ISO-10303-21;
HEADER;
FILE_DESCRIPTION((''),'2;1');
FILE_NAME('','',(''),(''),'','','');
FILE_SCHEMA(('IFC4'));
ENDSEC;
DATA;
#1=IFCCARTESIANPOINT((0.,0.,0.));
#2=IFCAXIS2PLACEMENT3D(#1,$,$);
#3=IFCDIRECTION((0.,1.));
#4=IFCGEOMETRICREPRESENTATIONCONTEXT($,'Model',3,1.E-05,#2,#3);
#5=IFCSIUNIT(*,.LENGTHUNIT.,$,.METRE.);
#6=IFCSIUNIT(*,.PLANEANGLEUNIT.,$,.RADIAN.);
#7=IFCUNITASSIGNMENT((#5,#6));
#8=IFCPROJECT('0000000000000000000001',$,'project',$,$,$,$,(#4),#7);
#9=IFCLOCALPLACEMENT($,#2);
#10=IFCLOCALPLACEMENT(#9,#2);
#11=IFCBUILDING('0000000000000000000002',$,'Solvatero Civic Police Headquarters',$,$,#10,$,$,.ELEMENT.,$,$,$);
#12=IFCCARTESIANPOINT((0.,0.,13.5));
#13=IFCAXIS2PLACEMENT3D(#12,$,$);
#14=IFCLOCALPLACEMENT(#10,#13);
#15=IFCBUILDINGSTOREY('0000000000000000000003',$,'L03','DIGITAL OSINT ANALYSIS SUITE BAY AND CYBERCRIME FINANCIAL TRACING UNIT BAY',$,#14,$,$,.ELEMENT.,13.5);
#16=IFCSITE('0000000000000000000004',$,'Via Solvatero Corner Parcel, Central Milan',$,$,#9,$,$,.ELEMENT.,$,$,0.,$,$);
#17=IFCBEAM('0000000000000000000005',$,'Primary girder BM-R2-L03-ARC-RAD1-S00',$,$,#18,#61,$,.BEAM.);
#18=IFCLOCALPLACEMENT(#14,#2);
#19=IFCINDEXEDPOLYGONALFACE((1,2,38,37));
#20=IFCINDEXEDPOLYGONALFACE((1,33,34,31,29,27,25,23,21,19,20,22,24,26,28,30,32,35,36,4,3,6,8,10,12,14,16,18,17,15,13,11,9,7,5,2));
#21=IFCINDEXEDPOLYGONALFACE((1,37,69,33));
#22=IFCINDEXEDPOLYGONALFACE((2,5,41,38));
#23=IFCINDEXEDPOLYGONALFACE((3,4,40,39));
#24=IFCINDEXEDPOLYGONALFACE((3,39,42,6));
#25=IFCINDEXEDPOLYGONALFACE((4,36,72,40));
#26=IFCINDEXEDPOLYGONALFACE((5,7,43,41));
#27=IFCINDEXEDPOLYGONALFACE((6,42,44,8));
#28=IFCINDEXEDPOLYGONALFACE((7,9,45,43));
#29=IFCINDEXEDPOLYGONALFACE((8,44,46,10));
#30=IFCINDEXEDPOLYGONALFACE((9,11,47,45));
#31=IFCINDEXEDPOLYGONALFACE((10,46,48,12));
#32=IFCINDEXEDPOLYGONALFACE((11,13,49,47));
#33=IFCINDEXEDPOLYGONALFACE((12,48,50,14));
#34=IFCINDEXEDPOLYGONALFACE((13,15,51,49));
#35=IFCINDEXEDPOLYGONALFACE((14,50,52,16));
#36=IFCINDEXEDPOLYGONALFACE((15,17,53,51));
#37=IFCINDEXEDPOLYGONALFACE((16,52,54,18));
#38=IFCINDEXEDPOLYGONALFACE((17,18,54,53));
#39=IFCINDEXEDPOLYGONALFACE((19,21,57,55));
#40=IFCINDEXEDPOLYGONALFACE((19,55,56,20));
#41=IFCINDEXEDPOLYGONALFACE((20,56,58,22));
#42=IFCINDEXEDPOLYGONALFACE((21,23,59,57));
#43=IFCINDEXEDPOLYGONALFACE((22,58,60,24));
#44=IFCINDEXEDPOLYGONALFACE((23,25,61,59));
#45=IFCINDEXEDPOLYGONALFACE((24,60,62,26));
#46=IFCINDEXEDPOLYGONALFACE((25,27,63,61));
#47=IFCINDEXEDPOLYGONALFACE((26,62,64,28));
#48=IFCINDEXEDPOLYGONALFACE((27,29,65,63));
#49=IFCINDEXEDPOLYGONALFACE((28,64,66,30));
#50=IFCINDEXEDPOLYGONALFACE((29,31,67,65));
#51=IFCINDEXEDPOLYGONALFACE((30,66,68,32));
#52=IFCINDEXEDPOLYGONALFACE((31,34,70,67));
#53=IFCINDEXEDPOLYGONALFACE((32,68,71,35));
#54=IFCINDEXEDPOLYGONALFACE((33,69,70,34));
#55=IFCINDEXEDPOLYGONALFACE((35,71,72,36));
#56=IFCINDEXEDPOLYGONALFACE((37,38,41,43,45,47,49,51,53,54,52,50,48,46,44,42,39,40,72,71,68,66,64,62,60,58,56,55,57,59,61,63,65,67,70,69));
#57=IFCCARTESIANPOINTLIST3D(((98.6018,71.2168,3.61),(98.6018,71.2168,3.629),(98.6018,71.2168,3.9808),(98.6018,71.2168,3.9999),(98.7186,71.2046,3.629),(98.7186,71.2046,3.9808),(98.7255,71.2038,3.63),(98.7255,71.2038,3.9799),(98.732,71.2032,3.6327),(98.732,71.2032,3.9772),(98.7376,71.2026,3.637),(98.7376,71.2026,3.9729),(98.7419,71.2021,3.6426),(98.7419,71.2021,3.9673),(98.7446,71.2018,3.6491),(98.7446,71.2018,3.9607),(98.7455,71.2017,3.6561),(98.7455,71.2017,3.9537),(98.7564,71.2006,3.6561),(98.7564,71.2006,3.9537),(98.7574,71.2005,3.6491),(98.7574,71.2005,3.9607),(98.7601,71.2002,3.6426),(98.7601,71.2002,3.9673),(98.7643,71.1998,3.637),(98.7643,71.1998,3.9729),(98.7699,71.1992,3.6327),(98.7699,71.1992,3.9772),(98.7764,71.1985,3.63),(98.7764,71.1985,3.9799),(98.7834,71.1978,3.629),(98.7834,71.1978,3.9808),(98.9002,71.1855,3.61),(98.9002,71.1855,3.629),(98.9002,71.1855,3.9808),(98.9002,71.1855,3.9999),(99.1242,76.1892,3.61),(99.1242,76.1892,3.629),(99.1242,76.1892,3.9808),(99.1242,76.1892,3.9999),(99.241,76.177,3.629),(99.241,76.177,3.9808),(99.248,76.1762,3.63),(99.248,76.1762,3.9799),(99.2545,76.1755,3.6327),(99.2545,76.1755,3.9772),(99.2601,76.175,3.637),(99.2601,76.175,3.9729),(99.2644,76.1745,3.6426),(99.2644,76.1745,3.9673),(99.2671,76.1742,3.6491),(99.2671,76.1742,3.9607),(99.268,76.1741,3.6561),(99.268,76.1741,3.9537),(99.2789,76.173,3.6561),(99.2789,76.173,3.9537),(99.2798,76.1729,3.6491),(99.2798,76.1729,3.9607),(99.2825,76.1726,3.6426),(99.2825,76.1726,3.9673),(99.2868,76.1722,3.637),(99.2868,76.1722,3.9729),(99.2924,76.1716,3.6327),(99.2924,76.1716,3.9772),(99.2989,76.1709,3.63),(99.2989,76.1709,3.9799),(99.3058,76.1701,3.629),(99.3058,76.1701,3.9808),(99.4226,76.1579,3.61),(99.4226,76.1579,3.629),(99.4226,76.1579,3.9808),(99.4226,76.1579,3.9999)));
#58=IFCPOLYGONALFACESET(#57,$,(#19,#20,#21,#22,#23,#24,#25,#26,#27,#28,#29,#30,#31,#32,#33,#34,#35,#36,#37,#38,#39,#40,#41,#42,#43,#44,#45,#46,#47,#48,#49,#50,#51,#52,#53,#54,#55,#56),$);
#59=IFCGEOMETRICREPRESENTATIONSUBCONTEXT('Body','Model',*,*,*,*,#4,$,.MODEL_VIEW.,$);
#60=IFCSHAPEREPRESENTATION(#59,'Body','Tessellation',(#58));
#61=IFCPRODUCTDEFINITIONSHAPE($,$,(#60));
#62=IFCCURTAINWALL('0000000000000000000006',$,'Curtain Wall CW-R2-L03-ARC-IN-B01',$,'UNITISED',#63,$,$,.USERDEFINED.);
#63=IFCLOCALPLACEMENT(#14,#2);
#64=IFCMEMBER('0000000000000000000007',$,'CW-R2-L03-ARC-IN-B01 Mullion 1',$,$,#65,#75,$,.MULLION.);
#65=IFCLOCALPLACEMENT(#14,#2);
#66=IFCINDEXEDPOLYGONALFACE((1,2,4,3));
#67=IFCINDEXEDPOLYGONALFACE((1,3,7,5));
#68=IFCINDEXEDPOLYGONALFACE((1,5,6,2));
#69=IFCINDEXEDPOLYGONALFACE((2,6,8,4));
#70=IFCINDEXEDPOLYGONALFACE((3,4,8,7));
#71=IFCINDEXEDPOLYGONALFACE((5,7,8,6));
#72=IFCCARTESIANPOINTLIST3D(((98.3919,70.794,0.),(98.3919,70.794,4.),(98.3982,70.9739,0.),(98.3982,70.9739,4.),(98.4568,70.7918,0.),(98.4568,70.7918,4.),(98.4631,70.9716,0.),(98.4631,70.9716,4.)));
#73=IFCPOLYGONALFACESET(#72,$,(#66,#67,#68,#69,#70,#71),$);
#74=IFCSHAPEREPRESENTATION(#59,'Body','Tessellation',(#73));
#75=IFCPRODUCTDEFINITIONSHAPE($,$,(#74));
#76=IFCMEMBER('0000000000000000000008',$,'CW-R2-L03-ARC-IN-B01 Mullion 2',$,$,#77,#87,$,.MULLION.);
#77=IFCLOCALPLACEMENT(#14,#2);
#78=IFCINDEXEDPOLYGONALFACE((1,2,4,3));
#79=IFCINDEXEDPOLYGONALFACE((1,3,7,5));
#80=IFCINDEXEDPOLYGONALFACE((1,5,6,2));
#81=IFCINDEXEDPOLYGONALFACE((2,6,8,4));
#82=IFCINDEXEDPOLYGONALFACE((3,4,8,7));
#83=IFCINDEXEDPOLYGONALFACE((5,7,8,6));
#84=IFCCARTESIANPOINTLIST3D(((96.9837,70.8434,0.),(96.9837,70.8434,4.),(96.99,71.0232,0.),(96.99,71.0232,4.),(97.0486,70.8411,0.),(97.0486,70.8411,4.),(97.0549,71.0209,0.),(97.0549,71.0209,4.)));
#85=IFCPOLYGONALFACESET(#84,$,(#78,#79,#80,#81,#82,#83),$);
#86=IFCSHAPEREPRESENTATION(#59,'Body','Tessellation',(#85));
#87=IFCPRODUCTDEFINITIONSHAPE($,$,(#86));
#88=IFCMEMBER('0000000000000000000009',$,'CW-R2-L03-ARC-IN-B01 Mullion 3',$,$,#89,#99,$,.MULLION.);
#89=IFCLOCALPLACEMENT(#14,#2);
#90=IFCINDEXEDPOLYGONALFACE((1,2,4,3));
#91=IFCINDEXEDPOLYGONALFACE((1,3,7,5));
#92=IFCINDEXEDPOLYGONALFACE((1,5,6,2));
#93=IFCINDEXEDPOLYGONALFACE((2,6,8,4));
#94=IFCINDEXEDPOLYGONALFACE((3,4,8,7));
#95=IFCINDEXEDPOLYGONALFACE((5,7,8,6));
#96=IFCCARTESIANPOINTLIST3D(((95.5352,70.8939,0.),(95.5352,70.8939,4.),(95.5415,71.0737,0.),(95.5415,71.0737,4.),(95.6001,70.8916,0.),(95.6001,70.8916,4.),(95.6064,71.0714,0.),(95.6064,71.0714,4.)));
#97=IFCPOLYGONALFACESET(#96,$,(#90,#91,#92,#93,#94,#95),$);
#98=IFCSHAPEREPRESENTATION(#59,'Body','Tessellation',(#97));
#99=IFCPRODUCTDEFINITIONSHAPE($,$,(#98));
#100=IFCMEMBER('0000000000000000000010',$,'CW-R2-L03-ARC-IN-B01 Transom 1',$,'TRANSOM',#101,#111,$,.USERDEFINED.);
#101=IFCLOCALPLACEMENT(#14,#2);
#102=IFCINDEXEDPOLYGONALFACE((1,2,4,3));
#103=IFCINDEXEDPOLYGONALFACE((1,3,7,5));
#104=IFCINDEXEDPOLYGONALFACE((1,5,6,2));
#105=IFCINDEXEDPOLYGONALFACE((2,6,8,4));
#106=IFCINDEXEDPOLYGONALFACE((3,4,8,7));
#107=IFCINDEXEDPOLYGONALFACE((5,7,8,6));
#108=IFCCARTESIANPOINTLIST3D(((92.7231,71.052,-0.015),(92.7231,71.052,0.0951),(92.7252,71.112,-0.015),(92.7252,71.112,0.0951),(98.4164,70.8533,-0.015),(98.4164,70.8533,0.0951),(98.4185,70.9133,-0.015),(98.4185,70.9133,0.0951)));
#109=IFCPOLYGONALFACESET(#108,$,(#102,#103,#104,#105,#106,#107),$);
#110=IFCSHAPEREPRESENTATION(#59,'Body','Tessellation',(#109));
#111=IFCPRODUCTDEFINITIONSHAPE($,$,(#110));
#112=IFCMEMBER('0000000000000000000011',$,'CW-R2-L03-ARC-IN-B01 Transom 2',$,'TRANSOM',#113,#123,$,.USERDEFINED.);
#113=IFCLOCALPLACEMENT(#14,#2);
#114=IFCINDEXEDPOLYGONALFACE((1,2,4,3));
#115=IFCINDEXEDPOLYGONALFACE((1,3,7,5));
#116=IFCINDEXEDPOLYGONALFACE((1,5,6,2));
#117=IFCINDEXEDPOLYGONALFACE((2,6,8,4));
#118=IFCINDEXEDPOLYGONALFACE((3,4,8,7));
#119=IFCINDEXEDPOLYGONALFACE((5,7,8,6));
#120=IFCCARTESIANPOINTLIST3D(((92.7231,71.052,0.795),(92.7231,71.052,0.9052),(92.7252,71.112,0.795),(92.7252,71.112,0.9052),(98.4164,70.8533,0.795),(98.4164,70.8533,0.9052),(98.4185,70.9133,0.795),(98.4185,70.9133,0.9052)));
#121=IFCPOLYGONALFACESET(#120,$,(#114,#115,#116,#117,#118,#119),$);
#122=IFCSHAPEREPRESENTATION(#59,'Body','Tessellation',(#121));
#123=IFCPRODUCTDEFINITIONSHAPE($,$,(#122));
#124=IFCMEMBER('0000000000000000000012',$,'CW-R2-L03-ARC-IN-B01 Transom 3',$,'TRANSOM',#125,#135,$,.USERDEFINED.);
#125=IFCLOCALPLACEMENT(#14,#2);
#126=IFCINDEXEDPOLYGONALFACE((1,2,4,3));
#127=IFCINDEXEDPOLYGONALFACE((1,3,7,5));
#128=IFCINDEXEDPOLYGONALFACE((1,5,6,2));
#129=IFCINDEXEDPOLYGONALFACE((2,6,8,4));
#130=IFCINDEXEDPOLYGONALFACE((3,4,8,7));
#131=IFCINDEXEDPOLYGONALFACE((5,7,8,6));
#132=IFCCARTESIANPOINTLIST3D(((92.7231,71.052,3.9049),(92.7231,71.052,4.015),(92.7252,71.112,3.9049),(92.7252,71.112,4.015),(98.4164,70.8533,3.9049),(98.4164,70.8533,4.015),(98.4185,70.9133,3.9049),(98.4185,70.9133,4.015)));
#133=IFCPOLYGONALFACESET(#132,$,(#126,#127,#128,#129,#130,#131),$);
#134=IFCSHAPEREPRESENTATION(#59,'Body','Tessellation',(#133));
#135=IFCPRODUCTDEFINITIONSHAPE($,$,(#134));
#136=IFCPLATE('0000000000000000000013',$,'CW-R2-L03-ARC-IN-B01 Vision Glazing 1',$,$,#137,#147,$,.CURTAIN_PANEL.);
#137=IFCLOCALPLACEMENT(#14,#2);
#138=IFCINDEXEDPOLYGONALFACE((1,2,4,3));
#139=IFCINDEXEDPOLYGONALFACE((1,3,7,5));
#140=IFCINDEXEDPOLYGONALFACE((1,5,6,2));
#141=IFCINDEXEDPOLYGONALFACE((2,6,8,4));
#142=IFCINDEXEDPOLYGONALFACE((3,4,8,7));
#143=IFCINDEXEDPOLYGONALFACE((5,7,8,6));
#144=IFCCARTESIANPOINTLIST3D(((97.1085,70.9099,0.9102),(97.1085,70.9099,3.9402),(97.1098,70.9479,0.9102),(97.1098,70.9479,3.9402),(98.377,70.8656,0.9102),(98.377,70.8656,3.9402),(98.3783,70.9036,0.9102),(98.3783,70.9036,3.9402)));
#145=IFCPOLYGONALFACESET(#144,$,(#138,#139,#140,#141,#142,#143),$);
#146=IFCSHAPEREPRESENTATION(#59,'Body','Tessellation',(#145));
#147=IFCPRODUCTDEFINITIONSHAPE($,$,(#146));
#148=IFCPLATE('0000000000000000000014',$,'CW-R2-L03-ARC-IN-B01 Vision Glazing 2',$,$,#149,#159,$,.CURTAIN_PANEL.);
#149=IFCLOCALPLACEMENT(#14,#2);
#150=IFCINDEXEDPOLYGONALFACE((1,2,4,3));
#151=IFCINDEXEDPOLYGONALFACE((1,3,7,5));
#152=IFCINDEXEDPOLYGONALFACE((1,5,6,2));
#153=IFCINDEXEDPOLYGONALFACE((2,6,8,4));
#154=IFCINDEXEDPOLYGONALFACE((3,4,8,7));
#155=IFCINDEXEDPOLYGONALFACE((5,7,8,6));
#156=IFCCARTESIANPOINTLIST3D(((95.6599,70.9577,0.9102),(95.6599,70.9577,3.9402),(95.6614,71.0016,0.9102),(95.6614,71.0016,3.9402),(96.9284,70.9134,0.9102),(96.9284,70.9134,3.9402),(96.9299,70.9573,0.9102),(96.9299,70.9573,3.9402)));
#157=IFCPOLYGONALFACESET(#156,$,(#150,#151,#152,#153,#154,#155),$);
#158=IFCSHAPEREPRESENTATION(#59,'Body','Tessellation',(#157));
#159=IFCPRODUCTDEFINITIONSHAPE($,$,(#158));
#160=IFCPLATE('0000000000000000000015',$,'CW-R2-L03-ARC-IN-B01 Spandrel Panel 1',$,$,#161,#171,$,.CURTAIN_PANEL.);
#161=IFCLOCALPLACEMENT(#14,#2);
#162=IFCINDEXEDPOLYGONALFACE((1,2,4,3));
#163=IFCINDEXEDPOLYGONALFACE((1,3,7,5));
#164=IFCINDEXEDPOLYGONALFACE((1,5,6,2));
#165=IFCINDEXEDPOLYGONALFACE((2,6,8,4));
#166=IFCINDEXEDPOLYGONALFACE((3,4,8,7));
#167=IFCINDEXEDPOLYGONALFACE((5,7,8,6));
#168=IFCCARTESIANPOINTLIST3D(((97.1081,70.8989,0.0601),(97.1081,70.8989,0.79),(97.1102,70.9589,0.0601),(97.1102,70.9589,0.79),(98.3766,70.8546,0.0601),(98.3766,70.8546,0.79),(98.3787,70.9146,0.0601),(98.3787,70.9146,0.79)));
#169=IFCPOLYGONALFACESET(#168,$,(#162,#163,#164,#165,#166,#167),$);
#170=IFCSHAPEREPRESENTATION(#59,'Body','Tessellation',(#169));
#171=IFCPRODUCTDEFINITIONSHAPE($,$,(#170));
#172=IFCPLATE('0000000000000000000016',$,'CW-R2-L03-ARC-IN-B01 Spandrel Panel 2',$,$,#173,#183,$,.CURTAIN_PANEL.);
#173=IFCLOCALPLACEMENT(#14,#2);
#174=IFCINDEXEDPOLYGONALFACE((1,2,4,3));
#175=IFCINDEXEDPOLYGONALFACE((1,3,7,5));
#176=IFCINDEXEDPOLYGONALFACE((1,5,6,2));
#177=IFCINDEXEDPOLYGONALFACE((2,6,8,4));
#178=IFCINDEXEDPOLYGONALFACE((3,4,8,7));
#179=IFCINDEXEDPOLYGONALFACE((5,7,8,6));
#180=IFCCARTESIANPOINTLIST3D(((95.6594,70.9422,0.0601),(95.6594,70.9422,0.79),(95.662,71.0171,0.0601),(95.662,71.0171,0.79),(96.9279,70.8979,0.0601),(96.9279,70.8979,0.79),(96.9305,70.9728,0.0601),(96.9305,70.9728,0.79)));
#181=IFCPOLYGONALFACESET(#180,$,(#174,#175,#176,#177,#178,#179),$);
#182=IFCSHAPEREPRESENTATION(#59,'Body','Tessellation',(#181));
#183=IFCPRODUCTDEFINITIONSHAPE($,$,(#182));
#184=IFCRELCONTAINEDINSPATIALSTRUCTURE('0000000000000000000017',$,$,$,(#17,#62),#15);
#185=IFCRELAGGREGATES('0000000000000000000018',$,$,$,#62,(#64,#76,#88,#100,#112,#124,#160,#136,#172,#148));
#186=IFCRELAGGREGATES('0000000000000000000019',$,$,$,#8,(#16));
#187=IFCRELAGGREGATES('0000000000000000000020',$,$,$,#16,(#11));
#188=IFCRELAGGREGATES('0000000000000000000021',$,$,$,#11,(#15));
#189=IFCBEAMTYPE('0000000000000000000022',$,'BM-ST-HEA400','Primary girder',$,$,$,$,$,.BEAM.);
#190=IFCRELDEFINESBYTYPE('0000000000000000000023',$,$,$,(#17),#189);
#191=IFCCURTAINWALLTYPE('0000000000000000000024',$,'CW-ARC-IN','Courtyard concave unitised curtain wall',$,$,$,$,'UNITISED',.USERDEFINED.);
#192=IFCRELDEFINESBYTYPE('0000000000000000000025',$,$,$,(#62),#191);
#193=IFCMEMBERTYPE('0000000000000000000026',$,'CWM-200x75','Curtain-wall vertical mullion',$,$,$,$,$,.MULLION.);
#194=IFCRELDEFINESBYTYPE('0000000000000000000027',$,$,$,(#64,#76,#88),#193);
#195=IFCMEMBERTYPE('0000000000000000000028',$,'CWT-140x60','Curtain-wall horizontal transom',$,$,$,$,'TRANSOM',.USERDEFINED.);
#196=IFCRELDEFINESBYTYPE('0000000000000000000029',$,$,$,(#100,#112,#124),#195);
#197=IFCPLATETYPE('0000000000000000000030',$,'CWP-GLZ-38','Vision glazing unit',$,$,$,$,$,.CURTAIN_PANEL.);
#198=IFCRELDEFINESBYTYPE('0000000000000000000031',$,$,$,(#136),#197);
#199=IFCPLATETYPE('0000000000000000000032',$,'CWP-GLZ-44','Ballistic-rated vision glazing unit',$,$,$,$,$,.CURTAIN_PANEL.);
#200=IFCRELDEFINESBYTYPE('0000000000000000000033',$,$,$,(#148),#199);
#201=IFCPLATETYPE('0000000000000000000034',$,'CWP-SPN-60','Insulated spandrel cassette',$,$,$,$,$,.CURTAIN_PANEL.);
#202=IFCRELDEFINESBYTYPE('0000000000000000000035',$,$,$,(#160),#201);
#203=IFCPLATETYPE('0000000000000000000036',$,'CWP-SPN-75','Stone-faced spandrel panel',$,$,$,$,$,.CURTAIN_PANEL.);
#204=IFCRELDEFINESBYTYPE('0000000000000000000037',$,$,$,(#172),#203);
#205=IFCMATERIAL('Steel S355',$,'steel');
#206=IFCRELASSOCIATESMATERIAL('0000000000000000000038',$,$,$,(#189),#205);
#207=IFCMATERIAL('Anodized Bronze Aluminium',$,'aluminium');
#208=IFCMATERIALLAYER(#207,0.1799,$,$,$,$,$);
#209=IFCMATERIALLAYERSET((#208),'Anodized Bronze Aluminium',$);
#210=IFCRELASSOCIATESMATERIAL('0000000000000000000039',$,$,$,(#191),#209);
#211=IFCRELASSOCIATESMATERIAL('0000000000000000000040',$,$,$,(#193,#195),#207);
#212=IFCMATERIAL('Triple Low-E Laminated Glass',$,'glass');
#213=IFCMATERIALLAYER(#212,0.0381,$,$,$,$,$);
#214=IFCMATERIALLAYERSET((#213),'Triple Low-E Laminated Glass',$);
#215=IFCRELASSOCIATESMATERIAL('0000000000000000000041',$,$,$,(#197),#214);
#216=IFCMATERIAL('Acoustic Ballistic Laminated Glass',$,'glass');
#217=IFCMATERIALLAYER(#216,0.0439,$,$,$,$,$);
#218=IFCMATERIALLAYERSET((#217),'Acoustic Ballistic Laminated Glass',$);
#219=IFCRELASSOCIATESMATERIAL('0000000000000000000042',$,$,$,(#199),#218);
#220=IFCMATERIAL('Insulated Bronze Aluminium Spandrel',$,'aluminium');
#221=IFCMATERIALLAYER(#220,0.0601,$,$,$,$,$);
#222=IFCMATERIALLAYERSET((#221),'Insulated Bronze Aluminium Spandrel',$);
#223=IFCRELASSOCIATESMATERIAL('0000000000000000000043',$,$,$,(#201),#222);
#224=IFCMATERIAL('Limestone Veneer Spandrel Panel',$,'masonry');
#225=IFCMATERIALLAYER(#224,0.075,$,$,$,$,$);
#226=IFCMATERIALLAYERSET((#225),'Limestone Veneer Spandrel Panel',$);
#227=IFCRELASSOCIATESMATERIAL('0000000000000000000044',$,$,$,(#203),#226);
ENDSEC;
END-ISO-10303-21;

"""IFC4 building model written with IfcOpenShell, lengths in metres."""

from ifc_helpers import new_model, si_unit, direction, frame, origin, origin_2d, place, context, subcontext, project, spatial, rectangle, i_section, extrude, material, layer, layer_set, material_profile, profile_set, type_object, element, aggregate, save


model = new_model("IFC4")

# Units and contexts
model_context = context("Model", 3, precision=1e-05, world=origin(), true_north=direction((0.0, 1.0)))
body_context = subcontext(model_context, "Body", "Model", "MODEL_VIEW")
ifc_project = project(units=[si_unit("LENGTHUNIT", "METRE"), si_unit("PLANEANGLEUNIT", "RADIAN")], contexts=[model_context])

# Site, building, storey
site_placement = place(None, origin())
site = spatial("IfcSite", under=ifc_project, at=site_placement, Name="Via Solvatero Corner Parcel, Central Milan", CompositionType="ELEMENT", RefElevation=0.0)
building_placement = place(site_placement, origin())
building = spatial("IfcBuilding", under=site, at=building_placement, Name="Solvatero Civic Police Headquarters", CompositionType="ELEMENT")
storey_placement = place(building_placement, frame((0.0, 0.0, 13.5)))
storey = spatial("IfcBuildingStorey", under=building, at=storey_placement, Name="L03", Description="DIGITAL OSINT ANALYSIS SUITE BAY AND CYBERCRIME FINANCIAL TRACING UNIT BAY", CompositionType="ELEMENT", Elevation=13.5)

# Shared definitions
ifc_material_1 = material(Name="Steel S355", Category="steel")

# Beam
ifc_material_profile_1 = material_profile(ifc_material_1, i_section(OverallWidth=0.3, OverallDepth=0.3899, WebThickness=0.011, FlangeThickness=0.019, FilletRadius=0.0271, at=origin_2d()), Name="HEA 400")
ifc_profile_set_1 = profile_set([ifc_material_profile_1], Name="Steel S355")
beam_type_1 = type_object("IfcBeamType", Name="BM-ST-HEA400", Description="Primary girder", PredefinedType="BEAM", material=ifc_profile_set_1)
beam_1_placement = place(storey_placement, frame((98.751, 71.2012, 3.8049), z_axis=(0.104497, 0.994525, 0.0), x_axis=(-0.994525, 0.104497, 0.0)))
element("IfcBeam", 1, at=beam_1_placement, inside=storey, type_object=beam_type_1, Name="Primary girder BM-R2-L03-ARC-RAD1-S00", PredefinedType="BEAM", context=body_context, shape_type="SweptSolid", body=[
    extrude(i_section(OverallWidth=0.3, OverallDepth=0.3899, WebThickness=0.011, FlangeThickness=0.019, FilletRadius=0.0271, at=origin_2d()), origin(), (0.0, 0.0, 1.0), 4.9998),
])

# Curtain wall, members, plates
ifc_material_2 = material(Name="Anodized Bronze Aluminium", Category="aluminium")
ifc_layer_1 = layer(ifc_material_2, 0.1799)
ifc_layer_set_1 = layer_set([ifc_layer_1], Name="Anodized Bronze Aluminium")
curtain_wall_type = type_object("IfcCurtainWallType", Name="CW-ARC-IN", Description="Courtyard concave unitised curtain wall", ElementType="UNITISED", PredefinedType="USERDEFINED", material=ifc_layer_set_1)
curtain_wall_placement = place(storey_placement, origin())
curtain_wall = element("IfcCurtainWall", 2, at=curtain_wall_placement, inside=storey, type_object=curtain_wall_type, Name="Curtain Wall CW-R2-L03-ARC-IN-B01", ObjectType="UNITISED", PredefinedType="USERDEFINED")
ifc_material_profile_2 = material_profile(ifc_material_2, rectangle(XDim=0.0649, YDim=0.1799, at=origin_2d()), Name="ALU MULLION 65x180")
ifc_profile_set_2 = profile_set([ifc_material_profile_2], Name="Anodized Bronze Aluminium")
member_type_1 = type_object("IfcMemberType", Name="CWM-200x75", Description="Curtain-wall vertical mullion", PredefinedType="MULLION", material=ifc_profile_set_2)
member_1_placement = place(storey_placement, frame((98.4275, 70.8828, 0.0), z_axis=(0.0, 0.0, 1.0), x_axis=(-0.999391, 0.034899, 0.0)))
member_1 = element("IfcMember", 3, at=member_1_placement, type_object=member_type_1, Name="CW-R2-L03-ARC-IN-B01 Mullion 1", PredefinedType="MULLION", context=body_context, shape_type="SweptSolid", body=[
    extrude(rectangle(XDim=0.0649, YDim=0.1799, at=origin_2d()), origin(), (0.0, 0.0, 1.0), 4.0),
])
member_2_placement = place(storey_placement, frame((97.0193, 70.9321, 0.0), z_axis=(0.0, 0.0, 1.0), x_axis=(-0.999391, 0.034899, 0.0)))
member_2 = element("IfcMember", 4, at=member_2_placement, type_object=member_type_1, Name="CW-R2-L03-ARC-IN-B01 Mullion 2", PredefinedType="MULLION", context=body_context, shape_type="SweptSolid", body=[
    extrude(rectangle(XDim=0.0649, YDim=0.1799, at=origin_2d()), origin(), (0.0, 0.0, 1.0), 4.0),
])
member_3_placement = place(storey_placement, frame((95.5708, 70.9827, 0.0), z_axis=(0.0, 0.0, 1.0), x_axis=(-0.999391, 0.034899, 0.0)))
member_3 = element("IfcMember", 5, at=member_3_placement, type_object=member_type_1, Name="CW-R2-L03-ARC-IN-B01 Mullion 3", PredefinedType="MULLION", context=body_context, shape_type="SweptSolid", body=[
    extrude(rectangle(XDim=0.0649, YDim=0.1799, at=origin_2d()), origin(), (0.0, 0.0, 1.0), 4.0),
])
ifc_material_profile_3 = material_profile(ifc_material_2, rectangle(XDim=0.0601, YDim=0.1101, at=origin_2d()), Name="ALU TRANSOM 60x110")
ifc_profile_set_3 = profile_set([ifc_material_profile_3], Name="Anodized Bronze Aluminium")
member_type_2 = type_object("IfcMemberType", Name="CWT-140x60", Description="Curtain-wall horizontal transom", ElementType="TRANSOM", PredefinedType="USERDEFINED", material=ifc_profile_set_3)
member_4_placement = place(storey_placement, frame((98.4175, 70.8833, 0.04), z_axis=(-0.999391, 0.034884, 0.0), x_axis=(-0.034884, -0.999391, 0.0)))
member_4 = element("IfcMember", 6, at=member_4_placement, type_object=member_type_2, Name="CW-R2-L03-ARC-IN-B01 Transom 1", ObjectType="TRANSOM", PredefinedType="USERDEFINED", context=body_context, shape_type="SweptSolid", body=[
    extrude(rectangle(XDim=0.0601, YDim=0.1101, at=origin_2d()), origin(), (0.0, 0.0, 1.0), 5.6968),
])
member_5_placement = place(storey_placement, frame((98.4175, 70.8833, 0.8501), z_axis=(-0.999391, 0.034884, 0.0), x_axis=(-0.034884, -0.999391, 0.0)))
member_5 = element("IfcMember", 7, at=member_5_placement, type_object=member_type_2, Name="CW-R2-L03-ARC-IN-B01 Transom 2", ObjectType="TRANSOM", PredefinedType="USERDEFINED", context=body_context, shape_type="SweptSolid", body=[
    extrude(rectangle(XDim=0.0601, YDim=0.1101, at=origin_2d()), origin(), (0.0, 0.0, 1.0), 5.6968),
])
member_6_placement = place(storey_placement, frame((98.4175, 70.8833, 3.96), z_axis=(-0.999391, 0.034884, 0.0), x_axis=(-0.034884, -0.999391, 0.0)))
member_6 = element("IfcMember", 8, at=member_6_placement, type_object=member_type_2, Name="CW-R2-L03-ARC-IN-B01 Transom 3", ObjectType="TRANSOM", PredefinedType="USERDEFINED", context=body_context, shape_type="SweptSolid", body=[
    extrude(rectangle(XDim=0.0601, YDim=0.1101, at=origin_2d()), origin(), (0.0, 0.0, 1.0), 5.6968),
])
ifc_material_3 = material(Name="Triple Low-E Laminated Glass", Category="glass")
ifc_layer_2 = layer(ifc_material_3, 0.0381)
ifc_layer_set_2 = layer_set([ifc_layer_2], Name="Triple Low-E Laminated Glass")
plate_type_1 = type_object("IfcPlateType", Name="CWP-GLZ-38", Description="Vision glazing unit", PredefinedType="CURTAIN_PANEL", material=ifc_layer_set_2)
plate_1_placement = place(storey_placement, frame((97.7434, 70.9067, 0.9102), z_axis=(0.0, 0.0, 1.0), x_axis=(-0.999391, 0.034899, 0.0)))
plate_1 = element("IfcPlate", 9, at=plate_1_placement, type_object=plate_type_1, Name="CW-R2-L03-ARC-IN-B01 Vision Glazing 1", PredefinedType="CURTAIN_PANEL", context=body_context, shape_type="SweptSolid", body=[
    extrude(rectangle(XDim=1.2693, YDim=0.0381, at=origin_2d()), origin(), (0.0, 0.0, 1.0), 3.03),
])
ifc_material_4 = material(Name="Acoustic Ballistic Laminated Glass", Category="glass")
ifc_layer_3 = layer(ifc_material_4, 0.0439)
ifc_layer_set_3 = layer_set([ifc_layer_3], Name="Acoustic Ballistic Laminated Glass")
plate_type_2 = type_object("IfcPlateType", Name="CWP-GLZ-44", Description="Ballistic-rated vision glazing unit", PredefinedType="CURTAIN_PANEL", material=ifc_layer_set_3)
plate_2_placement = place(storey_placement, frame((96.2949, 70.9575, 0.9102), z_axis=(0.0, 0.0, 1.0), x_axis=(-0.999391, 0.034899, 0.0)))
plate_2 = element("IfcPlate", 10, at=plate_2_placement, type_object=plate_type_2, Name="CW-R2-L03-ARC-IN-B01 Vision Glazing 2", PredefinedType="CURTAIN_PANEL", context=body_context, shape_type="SweptSolid", body=[
    extrude(rectangle(XDim=1.2693, YDim=0.0439, at=origin_2d()), origin(), (0.0, 0.0, 1.0), 3.03),
])
ifc_material_5 = material(Name="Insulated Bronze Aluminium Spandrel", Category="aluminium")
ifc_layer_4 = layer(ifc_material_5, 0.0601)
ifc_layer_set_4 = layer_set([ifc_layer_4], Name="Insulated Bronze Aluminium Spandrel")
plate_type_3 = type_object("IfcPlateType", Name="CWP-SPN-60", Description="Insulated spandrel cassette", PredefinedType="CURTAIN_PANEL", material=ifc_layer_set_4)
plate_3_placement = place(storey_placement, frame((97.7434, 70.9067, 0.0601), z_axis=(0.0, 0.0, 1.0), x_axis=(-0.999391, 0.034899, 0.0)))
plate_3 = element("IfcPlate", 11, at=plate_3_placement, type_object=plate_type_3, Name="CW-R2-L03-ARC-IN-B01 Spandrel Panel 1", PredefinedType="CURTAIN_PANEL", context=body_context, shape_type="SweptSolid", body=[
    extrude(rectangle(XDim=1.2693, YDim=0.0601, at=origin_2d()), origin(), (0.0, 0.0, 1.0), 0.73),
])
ifc_material_6 = material(Name="Limestone Veneer Spandrel Panel", Category="masonry")
ifc_layer_5 = layer(ifc_material_6, 0.075)
ifc_layer_set_5 = layer_set([ifc_layer_5], Name="Limestone Veneer Spandrel Panel")
plate_type_4 = type_object("IfcPlateType", Name="CWP-SPN-75", Description="Stone-faced spandrel panel", PredefinedType="CURTAIN_PANEL", material=ifc_layer_set_5)
plate_4_placement = place(storey_placement, frame((96.2949, 70.9575, 0.0601), z_axis=(0.0, 0.0, 1.0), x_axis=(-0.999391, 0.034899, 0.0)))
plate_4 = element("IfcPlate", 12, at=plate_4_placement, type_object=plate_type_4, Name="CW-R2-L03-ARC-IN-B01 Spandrel Panel 2", PredefinedType="CURTAIN_PANEL", context=body_context, shape_type="SweptSolid", body=[
    extrude(rectangle(XDim=1.2693, YDim=0.075, at=origin_2d()), origin(), (0.0, 0.0, 1.0), 0.73),
])
aggregate(curtain_wall, [member_1, member_2, member_3, member_4, member_5, member_6, plate_3, plate_1, plate_4, plate_2])

save(model, "model.ifc")
